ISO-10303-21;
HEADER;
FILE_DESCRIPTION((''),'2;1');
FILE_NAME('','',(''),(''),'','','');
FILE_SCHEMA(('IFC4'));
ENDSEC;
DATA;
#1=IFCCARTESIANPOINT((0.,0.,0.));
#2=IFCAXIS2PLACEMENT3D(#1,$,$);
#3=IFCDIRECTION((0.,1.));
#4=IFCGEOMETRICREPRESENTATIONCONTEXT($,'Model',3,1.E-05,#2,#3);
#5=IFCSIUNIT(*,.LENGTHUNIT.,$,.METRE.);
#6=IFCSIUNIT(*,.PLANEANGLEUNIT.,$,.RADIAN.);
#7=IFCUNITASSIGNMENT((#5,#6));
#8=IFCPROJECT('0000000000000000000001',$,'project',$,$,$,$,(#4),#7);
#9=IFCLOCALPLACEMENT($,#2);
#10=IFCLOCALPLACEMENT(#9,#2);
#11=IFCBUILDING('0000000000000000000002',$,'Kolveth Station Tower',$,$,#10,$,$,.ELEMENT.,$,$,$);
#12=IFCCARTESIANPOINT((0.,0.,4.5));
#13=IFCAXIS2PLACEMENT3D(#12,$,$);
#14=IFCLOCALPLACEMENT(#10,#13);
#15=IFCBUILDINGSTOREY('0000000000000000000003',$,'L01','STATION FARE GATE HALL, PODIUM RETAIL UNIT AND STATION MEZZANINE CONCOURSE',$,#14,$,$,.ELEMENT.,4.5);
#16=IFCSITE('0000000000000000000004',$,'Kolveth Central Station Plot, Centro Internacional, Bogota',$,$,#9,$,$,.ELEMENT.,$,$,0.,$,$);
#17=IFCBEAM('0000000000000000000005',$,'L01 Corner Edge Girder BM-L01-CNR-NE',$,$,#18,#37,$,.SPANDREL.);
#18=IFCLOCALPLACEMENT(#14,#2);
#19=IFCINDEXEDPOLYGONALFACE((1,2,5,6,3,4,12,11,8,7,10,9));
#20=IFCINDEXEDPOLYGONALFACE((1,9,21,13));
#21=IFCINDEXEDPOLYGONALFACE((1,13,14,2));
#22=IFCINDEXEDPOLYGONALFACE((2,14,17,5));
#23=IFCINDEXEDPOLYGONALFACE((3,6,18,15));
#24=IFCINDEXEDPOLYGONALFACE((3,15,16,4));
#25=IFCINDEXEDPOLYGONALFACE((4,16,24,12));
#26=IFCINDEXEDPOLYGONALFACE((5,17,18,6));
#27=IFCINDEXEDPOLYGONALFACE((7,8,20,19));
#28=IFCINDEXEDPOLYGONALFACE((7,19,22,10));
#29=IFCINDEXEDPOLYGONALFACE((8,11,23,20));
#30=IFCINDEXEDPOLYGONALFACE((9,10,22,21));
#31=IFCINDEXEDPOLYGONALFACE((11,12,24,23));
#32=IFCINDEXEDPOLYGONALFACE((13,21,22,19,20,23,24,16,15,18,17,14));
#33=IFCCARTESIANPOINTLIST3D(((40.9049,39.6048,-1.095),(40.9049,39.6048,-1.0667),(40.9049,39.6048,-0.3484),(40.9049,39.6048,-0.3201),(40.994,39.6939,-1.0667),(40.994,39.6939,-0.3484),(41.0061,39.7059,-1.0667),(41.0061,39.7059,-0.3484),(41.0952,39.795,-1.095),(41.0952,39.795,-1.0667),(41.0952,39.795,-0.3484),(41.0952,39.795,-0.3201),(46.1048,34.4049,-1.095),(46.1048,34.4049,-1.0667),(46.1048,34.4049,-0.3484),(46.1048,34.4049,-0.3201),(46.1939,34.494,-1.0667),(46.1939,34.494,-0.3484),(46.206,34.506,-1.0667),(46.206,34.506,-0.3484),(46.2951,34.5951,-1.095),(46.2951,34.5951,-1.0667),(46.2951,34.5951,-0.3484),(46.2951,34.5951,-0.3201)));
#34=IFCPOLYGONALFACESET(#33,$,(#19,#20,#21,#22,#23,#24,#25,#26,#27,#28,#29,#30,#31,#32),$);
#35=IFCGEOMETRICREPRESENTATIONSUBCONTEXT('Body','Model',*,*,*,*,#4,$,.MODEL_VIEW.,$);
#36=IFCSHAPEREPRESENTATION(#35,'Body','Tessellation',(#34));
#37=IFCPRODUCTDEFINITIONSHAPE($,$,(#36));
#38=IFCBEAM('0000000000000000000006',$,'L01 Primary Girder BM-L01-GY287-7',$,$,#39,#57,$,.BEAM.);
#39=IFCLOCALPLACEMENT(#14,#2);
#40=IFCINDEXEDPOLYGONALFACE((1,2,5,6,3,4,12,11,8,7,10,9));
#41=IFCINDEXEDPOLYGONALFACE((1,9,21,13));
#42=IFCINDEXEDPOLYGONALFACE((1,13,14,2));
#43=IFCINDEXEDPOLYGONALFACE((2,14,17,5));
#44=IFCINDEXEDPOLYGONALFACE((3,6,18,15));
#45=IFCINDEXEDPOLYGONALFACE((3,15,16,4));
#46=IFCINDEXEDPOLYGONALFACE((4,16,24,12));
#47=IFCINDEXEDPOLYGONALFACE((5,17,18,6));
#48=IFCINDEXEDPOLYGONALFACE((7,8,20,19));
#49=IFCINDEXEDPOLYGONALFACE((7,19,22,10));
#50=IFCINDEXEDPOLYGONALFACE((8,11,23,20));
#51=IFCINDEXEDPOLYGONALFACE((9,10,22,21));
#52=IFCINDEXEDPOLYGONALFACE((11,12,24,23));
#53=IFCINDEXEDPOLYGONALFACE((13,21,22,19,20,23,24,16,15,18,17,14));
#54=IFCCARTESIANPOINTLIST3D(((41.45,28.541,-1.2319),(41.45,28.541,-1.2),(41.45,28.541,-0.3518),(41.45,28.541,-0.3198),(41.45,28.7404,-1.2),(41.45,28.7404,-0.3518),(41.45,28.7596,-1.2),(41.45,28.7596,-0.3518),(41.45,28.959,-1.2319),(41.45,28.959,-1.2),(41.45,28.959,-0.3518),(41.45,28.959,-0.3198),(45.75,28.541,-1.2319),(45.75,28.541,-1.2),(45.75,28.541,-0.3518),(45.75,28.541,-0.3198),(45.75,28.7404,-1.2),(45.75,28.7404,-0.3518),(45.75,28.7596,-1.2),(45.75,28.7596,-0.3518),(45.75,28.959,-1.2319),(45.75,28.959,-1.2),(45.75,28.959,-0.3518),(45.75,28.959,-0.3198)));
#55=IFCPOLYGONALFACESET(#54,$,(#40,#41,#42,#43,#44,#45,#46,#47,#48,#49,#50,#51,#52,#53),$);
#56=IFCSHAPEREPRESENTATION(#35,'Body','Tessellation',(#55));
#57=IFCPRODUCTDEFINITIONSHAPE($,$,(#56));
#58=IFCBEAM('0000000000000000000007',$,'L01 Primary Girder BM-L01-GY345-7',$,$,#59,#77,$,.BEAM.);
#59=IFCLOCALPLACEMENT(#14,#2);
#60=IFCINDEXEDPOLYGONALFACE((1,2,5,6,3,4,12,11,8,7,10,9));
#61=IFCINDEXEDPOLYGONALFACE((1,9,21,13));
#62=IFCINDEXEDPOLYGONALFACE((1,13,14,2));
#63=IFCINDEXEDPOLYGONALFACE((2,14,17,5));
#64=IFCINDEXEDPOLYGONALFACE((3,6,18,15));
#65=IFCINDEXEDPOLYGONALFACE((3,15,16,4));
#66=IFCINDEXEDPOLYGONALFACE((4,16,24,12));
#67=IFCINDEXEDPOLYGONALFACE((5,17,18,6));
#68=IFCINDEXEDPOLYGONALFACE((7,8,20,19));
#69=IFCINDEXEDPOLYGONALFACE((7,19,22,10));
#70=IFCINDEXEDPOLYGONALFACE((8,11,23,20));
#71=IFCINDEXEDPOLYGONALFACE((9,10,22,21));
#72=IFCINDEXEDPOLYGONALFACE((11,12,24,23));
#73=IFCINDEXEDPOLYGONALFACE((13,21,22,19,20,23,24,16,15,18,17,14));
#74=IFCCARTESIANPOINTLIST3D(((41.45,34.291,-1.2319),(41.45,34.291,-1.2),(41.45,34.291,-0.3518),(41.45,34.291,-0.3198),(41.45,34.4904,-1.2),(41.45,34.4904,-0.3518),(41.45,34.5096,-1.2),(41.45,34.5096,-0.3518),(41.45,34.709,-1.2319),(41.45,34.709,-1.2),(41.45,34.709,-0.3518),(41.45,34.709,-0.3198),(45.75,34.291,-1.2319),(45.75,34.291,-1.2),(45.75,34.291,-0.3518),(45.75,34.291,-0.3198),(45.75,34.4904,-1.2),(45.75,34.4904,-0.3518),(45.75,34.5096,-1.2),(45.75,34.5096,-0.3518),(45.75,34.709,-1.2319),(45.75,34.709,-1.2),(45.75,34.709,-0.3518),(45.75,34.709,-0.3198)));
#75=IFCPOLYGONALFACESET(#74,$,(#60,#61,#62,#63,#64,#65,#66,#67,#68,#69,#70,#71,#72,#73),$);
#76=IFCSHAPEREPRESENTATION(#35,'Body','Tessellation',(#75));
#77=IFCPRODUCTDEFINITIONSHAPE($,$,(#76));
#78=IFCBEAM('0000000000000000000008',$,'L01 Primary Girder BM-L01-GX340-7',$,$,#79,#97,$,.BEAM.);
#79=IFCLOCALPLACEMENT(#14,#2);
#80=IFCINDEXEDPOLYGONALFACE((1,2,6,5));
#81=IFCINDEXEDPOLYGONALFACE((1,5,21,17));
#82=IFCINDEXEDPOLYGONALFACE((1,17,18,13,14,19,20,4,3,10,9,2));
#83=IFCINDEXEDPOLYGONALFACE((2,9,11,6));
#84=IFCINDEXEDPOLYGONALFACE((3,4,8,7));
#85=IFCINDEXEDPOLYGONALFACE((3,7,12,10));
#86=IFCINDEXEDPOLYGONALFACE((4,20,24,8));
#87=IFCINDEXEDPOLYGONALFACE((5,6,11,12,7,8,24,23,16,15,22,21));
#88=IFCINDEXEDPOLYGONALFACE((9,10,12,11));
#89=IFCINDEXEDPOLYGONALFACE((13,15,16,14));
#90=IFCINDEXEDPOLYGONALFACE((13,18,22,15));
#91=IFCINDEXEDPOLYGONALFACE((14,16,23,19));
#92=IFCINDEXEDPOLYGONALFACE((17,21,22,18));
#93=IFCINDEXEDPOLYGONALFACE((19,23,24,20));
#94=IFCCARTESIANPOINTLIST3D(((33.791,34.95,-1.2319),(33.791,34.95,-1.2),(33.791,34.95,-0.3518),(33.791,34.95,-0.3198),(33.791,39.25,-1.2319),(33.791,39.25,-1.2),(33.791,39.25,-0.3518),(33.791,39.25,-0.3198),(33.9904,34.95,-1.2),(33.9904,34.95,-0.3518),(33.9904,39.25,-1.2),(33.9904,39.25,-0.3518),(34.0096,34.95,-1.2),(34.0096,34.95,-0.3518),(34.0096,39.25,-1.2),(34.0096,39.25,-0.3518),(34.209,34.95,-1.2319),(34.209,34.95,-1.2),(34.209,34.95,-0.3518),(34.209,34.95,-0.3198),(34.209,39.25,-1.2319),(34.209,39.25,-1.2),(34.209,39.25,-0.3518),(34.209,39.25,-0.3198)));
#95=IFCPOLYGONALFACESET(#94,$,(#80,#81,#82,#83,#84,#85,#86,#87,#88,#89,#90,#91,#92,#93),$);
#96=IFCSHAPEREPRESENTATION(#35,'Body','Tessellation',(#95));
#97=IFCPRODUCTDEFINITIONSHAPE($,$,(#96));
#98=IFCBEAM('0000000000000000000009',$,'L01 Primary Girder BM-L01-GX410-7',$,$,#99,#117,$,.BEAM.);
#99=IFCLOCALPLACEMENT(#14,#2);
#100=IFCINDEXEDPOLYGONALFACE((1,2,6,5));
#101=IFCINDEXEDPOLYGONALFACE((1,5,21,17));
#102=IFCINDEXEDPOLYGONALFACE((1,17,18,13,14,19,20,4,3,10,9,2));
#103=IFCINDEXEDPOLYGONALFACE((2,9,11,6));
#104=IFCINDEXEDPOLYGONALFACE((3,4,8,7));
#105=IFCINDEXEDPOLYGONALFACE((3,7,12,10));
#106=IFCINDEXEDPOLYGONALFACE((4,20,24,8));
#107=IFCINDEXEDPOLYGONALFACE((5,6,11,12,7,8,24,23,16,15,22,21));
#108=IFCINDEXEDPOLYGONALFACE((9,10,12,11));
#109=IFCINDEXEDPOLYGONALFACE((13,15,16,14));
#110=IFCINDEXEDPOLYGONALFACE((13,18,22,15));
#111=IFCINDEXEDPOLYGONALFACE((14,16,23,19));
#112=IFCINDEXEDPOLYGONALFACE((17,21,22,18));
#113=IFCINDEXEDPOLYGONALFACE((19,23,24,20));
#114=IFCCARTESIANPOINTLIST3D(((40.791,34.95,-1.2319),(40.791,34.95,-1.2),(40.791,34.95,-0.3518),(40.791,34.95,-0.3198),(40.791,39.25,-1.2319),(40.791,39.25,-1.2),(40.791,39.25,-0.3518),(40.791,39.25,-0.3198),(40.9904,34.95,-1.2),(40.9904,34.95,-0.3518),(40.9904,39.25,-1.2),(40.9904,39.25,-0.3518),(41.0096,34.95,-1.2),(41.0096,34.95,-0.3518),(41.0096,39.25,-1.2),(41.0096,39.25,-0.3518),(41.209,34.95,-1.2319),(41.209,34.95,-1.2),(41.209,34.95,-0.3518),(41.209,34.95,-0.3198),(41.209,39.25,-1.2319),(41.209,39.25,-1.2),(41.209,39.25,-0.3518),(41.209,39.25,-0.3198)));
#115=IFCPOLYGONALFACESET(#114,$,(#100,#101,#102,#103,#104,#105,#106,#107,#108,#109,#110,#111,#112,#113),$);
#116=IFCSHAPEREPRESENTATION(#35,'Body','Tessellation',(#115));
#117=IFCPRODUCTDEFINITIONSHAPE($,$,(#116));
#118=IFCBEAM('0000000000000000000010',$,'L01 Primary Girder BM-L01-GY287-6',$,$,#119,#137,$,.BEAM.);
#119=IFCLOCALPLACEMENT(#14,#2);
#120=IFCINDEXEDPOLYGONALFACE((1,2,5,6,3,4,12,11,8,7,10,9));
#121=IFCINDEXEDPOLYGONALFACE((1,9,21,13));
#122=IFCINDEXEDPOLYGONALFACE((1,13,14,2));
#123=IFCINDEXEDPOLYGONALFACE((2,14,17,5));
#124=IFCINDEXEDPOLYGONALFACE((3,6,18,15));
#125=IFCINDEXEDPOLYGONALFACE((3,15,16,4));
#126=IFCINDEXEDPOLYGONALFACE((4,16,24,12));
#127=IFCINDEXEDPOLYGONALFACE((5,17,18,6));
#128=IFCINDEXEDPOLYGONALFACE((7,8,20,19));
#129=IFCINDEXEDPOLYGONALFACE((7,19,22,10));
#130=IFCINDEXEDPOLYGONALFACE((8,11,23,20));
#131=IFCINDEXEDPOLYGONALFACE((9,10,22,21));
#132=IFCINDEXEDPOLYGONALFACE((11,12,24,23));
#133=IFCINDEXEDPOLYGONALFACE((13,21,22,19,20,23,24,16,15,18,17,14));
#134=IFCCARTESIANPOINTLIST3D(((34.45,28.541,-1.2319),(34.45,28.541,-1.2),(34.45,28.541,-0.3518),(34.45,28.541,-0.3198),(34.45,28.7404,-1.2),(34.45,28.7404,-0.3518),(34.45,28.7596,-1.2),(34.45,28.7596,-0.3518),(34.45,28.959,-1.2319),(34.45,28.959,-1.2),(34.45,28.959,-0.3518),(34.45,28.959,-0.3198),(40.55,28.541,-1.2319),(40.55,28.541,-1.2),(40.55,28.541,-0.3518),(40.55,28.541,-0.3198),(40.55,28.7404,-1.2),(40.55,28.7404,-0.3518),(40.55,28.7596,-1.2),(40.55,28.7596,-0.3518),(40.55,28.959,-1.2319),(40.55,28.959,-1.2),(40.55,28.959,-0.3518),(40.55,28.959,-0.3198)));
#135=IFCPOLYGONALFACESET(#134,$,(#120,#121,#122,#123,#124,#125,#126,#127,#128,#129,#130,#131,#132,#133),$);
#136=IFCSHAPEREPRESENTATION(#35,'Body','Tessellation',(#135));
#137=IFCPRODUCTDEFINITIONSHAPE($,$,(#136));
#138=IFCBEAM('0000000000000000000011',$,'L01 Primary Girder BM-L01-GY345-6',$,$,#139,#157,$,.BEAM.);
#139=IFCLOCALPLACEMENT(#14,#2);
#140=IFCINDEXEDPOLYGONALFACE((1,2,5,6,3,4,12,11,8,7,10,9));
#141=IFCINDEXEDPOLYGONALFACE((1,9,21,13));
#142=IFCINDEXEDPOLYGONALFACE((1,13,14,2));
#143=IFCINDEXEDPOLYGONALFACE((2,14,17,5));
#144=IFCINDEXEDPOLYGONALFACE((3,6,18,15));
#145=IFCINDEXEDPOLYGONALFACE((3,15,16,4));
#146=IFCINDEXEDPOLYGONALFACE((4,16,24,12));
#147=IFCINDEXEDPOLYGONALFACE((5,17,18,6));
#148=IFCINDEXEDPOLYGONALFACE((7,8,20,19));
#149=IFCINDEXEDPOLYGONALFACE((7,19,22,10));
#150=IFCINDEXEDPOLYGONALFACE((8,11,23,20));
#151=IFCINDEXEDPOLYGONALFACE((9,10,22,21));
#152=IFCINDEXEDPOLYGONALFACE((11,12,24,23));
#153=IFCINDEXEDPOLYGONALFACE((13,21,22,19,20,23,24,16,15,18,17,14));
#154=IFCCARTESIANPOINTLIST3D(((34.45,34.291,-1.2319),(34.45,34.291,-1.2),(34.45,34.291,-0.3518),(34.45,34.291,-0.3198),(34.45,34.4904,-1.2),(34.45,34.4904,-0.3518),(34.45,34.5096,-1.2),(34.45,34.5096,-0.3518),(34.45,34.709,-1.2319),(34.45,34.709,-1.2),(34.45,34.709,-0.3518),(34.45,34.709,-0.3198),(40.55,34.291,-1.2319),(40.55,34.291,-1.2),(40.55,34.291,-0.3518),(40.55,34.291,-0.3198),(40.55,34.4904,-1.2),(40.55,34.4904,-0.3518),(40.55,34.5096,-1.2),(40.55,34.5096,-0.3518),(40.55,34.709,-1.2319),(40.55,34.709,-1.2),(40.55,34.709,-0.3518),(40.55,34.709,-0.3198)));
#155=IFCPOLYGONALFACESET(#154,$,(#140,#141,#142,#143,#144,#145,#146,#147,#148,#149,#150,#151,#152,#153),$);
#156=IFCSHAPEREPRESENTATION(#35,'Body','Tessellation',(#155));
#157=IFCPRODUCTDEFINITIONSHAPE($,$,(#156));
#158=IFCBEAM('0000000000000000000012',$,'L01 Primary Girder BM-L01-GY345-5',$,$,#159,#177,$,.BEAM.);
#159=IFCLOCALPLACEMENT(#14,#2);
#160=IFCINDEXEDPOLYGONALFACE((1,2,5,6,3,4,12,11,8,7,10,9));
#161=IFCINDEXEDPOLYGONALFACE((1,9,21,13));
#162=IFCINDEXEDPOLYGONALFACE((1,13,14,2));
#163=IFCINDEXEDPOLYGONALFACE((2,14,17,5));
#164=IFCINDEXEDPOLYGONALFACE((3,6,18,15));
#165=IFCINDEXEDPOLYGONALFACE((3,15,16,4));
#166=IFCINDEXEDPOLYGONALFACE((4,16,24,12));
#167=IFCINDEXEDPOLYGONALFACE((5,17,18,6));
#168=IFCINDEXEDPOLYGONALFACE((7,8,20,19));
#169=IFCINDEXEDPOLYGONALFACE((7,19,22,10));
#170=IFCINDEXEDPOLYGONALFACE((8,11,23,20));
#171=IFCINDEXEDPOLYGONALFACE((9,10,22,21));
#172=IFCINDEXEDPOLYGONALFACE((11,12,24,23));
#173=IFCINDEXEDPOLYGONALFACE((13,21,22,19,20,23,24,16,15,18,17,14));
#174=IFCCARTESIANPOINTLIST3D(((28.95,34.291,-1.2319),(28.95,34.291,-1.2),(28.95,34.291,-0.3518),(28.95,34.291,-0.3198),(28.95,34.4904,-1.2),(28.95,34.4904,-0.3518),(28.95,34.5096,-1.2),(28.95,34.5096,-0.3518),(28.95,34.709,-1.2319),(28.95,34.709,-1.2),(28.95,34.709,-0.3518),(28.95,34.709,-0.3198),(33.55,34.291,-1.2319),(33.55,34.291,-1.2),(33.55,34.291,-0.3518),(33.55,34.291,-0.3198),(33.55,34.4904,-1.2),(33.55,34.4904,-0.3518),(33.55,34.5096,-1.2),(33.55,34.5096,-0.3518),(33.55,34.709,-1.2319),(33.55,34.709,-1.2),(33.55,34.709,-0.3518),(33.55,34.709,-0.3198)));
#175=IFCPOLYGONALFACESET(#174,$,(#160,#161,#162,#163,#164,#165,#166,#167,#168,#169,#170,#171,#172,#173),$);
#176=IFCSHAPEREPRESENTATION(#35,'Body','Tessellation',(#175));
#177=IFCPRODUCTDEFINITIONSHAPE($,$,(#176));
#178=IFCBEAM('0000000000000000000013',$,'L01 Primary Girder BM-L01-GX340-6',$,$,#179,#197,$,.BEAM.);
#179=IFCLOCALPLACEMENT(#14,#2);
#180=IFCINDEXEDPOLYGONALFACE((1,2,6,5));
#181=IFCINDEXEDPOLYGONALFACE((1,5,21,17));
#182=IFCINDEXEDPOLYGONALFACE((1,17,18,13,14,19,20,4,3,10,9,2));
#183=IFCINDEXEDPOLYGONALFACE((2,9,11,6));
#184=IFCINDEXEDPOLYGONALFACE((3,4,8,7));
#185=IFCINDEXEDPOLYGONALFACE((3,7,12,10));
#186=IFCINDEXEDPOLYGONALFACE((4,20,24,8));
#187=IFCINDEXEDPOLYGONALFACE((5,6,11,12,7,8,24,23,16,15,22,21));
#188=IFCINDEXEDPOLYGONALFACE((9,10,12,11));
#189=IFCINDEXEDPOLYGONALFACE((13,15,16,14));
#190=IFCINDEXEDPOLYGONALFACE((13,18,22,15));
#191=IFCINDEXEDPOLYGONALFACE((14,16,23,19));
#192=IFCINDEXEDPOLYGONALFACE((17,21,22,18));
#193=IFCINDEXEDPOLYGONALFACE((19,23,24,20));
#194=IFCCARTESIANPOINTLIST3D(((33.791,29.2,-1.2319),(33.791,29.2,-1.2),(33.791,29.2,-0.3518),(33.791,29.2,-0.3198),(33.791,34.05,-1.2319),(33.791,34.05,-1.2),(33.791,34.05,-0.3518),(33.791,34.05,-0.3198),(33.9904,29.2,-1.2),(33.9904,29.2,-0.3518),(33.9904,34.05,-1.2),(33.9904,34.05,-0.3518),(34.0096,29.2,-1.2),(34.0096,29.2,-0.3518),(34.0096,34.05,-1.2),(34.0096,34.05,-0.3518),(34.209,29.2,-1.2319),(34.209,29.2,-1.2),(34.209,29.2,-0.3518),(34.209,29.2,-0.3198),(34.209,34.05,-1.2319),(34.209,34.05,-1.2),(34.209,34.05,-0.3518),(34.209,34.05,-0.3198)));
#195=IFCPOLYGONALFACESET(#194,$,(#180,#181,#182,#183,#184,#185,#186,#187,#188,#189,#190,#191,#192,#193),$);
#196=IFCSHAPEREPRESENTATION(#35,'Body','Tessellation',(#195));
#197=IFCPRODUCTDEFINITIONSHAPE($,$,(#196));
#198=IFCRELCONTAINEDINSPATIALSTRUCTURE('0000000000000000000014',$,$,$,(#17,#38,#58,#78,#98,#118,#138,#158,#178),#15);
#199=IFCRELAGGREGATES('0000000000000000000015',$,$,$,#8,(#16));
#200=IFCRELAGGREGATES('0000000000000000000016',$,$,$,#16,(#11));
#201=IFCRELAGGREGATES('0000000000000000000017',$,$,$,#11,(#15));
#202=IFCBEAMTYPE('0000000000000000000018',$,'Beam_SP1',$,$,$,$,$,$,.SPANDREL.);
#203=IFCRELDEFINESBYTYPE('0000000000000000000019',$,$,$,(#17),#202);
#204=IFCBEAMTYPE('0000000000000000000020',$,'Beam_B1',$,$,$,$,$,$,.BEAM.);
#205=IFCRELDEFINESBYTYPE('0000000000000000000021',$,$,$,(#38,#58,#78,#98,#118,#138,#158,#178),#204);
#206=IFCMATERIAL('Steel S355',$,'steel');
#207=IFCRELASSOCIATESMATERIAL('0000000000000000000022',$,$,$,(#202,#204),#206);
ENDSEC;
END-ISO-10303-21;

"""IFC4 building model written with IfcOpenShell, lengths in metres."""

from ifc_helpers import new_model, si_unit, direction, frame, origin, origin_2d, place, context, subcontext, project, spatial, i_section, extrude, source, transform, mapped, material, material_profile, profile_set, type_object, element, save


model = new_model("IFC4")

# Units and contexts
model_context = context("Model", 3, precision=1e-05, world=origin(), true_north=direction((0.0, 1.0)))
body_context = subcontext(model_context, "Body", "Model", "MODEL_VIEW")
ifc_project = project(units=[si_unit("LENGTHUNIT", "METRE"), si_unit("PLANEANGLEUNIT", "RADIAN")], contexts=[model_context])

# Site, building, storey
site_placement = place(None, origin())
site = spatial("IfcSite", under=ifc_project, at=site_placement, Name="Kolveth Central Station Plot, Centro Internacional, Bogota", CompositionType="ELEMENT", RefElevation=0.0)
building_placement = place(site_placement, origin())
building = spatial("IfcBuilding", under=site, at=building_placement, Name="Kolveth Station Tower", CompositionType="ELEMENT")
storey_placement = place(building_placement, frame((0.0, 0.0, 4.5)))
storey = spatial("IfcBuildingStorey", under=building, at=storey_placement, Name="L01", Description="STATION FARE GATE HALL, PODIUM RETAIL UNIT AND STATION MEZZANINE CONCOURSE", CompositionType="ELEMENT", Elevation=4.5)

# Beams
ifc_material_1 = material(Name="Steel S355", Category="steel")
ifc_material_profile_1 = material_profile(ifc_material_1, i_section(OverallWidth=0.269, OverallDepth=0.7749, WebThickness=0.0171, FlangeThickness=0.0283, at=origin_2d()), Name="W760x220")
ifc_profile_set_1 = profile_set([ifc_material_profile_1], Name="Steel S355")
beam_type_1 = type_object("IfcBeamType", Name="Beam_SP1", PredefinedType="SPANDREL", material=ifc_profile_set_1)
shared_shape_1 = source(origin(), body_context, "Body", "SweptSolid", [
    extrude(i_section(OverallWidth=0.269, OverallDepth=0.7749, WebThickness=0.0171, FlangeThickness=0.0283, at=origin_2d()), origin(), (0.0, 0.0, 1.0), 7.3538),
])
beam_1_placement = place(storey_placement, frame((46.2, 34.5, -0.7075), z_axis=(-0.707107, 0.707107, 0.0), x_axis=(-0.707107, -0.707107, 0.0)))
element("IfcBeam", 1, at=beam_1_placement, inside=storey, type_object=beam_type_1, Name="L01 Corner Edge Girder BM-L01-CNR-NE", PredefinedType="SPANDREL", context=body_context, shape_type="MappedRepresentation", body=[
    mapped(shared_shape_1, transform((0.0, 0.0, 0.0), x_axis=(1.0, 0.0, 0.0), y_axis=(0.0, 1.0, 0.0), z_axis=(0.0, 0.0, 1.0), scale=1.0)),
])
ifc_material_profile_2 = material_profile(ifc_material_1, i_section(OverallWidth=0.418, OverallDepth=0.9121, WebThickness=0.0193, FlangeThickness=0.032, at=origin_2d()), Name="W920x342")
ifc_profile_set_2 = profile_set([ifc_material_profile_2], Name="Steel S355")
beam_type_2 = type_object("IfcBeamType", Name="Beam_B1", PredefinedType="BEAM", material=ifc_profile_set_2)
shared_shape_2 = source(origin(), body_context, "Body", "SweptSolid", [
    extrude(i_section(OverallWidth=0.418, OverallDepth=0.9121, WebThickness=0.0193, FlangeThickness=0.032, at=origin_2d()), origin(), (0.0, 0.0, 1.0), 4.3),
])
for number, where, z_axis, x_axis, name in (
    (2, (41.45, 28.75, -0.7759), (1.0, 0.0, 0.0), (0.0, 1.0, 0.0), "L01 Primary Girder BM-L01-GY287-7"),
    (3, (41.45, 34.5, -0.7759), (1.0, 0.0, 0.0), (0.0, 1.0, 0.0), "L01 Primary Girder BM-L01-GY345-7"),
    (4, (34.0, 34.95, -0.7759), (0.0, 1.0, 0.0), (-1.0, 0.0, 0.0), "L01 Primary Girder BM-L01-GX340-7"),
    (5, (41.0, 34.95, -0.7759), (0.0, 1.0, 0.0), (-1.0, 0.0, 0.0), "L01 Primary Girder BM-L01-GX410-7"),
):
    element("IfcBeam", number, at=place(storey_placement, frame(where, z_axis=z_axis, x_axis=x_axis)), inside=storey, type_object=beam_type_2, Name=name, PredefinedType="BEAM", context=body_context, shape_type="MappedRepresentation", body=[
        mapped(shared_shape_2, transform((0.0, 0.0, 0.0), x_axis=(1.0, 0.0, 0.0), y_axis=(0.0, 1.0, 0.0), z_axis=(0.0, 0.0, 1.0), scale=1.0)),
    ])
shared_shape_3 = source(origin(), body_context, "Body", "SweptSolid", [
    extrude(i_section(OverallWidth=0.418, OverallDepth=0.9121, WebThickness=0.0193, FlangeThickness=0.032, at=origin_2d()), origin(), (0.0, 0.0, 1.0), 6.1001),
])
for number, where, z_axis, x_axis, name in (
    (6, (34.45, 28.75, -0.7759), (1.0, 0.0, 0.0), (0.0, 1.0, 0.0), "L01 Primary Girder BM-L01-GY287-6"),
    (7, (34.45, 34.5, -0.7759), (1.0, 0.0, 0.0), (0.0, 1.0, 0.0), "L01 Primary Girder BM-L01-GY345-6"),
):
    element("IfcBeam", number, at=place(storey_placement, frame(where, z_axis=z_axis, x_axis=x_axis)), inside=storey, type_object=beam_type_2, Name=name, PredefinedType="BEAM", context=body_context, shape_type="MappedRepresentation", body=[
        mapped(shared_shape_3, transform((0.0, 0.0, 0.0), x_axis=(1.0, 0.0, 0.0), y_axis=(0.0, 1.0, 0.0), z_axis=(0.0, 0.0, 1.0), scale=1.0)),
    ])
shared_shape_4 = source(origin(), body_context, "Body", "SweptSolid", [
    extrude(i_section(OverallWidth=0.418, OverallDepth=0.9121, WebThickness=0.0193, FlangeThickness=0.032, at=origin_2d()), origin(), (0.0, 0.0, 1.0), 4.6001),
])
beam_2_placement = place(storey_placement, frame((28.95, 34.5, -0.7759), z_axis=(1.0, 0.0, 0.0), x_axis=(0.0, 1.0, 0.0)))
element("IfcBeam", 8, at=beam_2_placement, inside=storey, type_object=beam_type_2, Name="L01 Primary Girder BM-L01-GY345-5", PredefinedType="BEAM", context=body_context, shape_type="MappedRepresentation", body=[
    mapped(shared_shape_4, transform((0.0, 0.0, 0.0), x_axis=(1.0, 0.0, 0.0), y_axis=(0.0, 1.0, 0.0), z_axis=(0.0, 0.0, 1.0), scale=1.0)),
])
shared_shape_5 = source(origin(), body_context, "Body", "SweptSolid", [
    extrude(i_section(OverallWidth=0.418, OverallDepth=0.9121, WebThickness=0.0193, FlangeThickness=0.032, at=origin_2d()), origin(), (0.0, 0.0, 1.0), 4.8501),
])
for number, where, z_axis, x_axis, name in (
    (9, (34.0, 29.2, -0.7759), (0.0, 1.0, 0.0), (-1.0, 0.0, 0.0), "L01 Primary Girder BM-L01-GX340-6"),
):
    element("IfcBeam", number, at=place(storey_placement, frame(where, z_axis=z_axis, x_axis=x_axis)), inside=storey, type_object=beam_type_2, Name=name, PredefinedType="BEAM", context=body_context, shape_type="MappedRepresentation", body=[
        mapped(shared_shape_5, transform((0.0, 0.0, 0.0), x_axis=(1.0, 0.0, 0.0), y_axis=(0.0, 1.0, 0.0), z_axis=(0.0, 0.0, 1.0), scale=1.0)),
    ])

save(model, "model.ifc")
